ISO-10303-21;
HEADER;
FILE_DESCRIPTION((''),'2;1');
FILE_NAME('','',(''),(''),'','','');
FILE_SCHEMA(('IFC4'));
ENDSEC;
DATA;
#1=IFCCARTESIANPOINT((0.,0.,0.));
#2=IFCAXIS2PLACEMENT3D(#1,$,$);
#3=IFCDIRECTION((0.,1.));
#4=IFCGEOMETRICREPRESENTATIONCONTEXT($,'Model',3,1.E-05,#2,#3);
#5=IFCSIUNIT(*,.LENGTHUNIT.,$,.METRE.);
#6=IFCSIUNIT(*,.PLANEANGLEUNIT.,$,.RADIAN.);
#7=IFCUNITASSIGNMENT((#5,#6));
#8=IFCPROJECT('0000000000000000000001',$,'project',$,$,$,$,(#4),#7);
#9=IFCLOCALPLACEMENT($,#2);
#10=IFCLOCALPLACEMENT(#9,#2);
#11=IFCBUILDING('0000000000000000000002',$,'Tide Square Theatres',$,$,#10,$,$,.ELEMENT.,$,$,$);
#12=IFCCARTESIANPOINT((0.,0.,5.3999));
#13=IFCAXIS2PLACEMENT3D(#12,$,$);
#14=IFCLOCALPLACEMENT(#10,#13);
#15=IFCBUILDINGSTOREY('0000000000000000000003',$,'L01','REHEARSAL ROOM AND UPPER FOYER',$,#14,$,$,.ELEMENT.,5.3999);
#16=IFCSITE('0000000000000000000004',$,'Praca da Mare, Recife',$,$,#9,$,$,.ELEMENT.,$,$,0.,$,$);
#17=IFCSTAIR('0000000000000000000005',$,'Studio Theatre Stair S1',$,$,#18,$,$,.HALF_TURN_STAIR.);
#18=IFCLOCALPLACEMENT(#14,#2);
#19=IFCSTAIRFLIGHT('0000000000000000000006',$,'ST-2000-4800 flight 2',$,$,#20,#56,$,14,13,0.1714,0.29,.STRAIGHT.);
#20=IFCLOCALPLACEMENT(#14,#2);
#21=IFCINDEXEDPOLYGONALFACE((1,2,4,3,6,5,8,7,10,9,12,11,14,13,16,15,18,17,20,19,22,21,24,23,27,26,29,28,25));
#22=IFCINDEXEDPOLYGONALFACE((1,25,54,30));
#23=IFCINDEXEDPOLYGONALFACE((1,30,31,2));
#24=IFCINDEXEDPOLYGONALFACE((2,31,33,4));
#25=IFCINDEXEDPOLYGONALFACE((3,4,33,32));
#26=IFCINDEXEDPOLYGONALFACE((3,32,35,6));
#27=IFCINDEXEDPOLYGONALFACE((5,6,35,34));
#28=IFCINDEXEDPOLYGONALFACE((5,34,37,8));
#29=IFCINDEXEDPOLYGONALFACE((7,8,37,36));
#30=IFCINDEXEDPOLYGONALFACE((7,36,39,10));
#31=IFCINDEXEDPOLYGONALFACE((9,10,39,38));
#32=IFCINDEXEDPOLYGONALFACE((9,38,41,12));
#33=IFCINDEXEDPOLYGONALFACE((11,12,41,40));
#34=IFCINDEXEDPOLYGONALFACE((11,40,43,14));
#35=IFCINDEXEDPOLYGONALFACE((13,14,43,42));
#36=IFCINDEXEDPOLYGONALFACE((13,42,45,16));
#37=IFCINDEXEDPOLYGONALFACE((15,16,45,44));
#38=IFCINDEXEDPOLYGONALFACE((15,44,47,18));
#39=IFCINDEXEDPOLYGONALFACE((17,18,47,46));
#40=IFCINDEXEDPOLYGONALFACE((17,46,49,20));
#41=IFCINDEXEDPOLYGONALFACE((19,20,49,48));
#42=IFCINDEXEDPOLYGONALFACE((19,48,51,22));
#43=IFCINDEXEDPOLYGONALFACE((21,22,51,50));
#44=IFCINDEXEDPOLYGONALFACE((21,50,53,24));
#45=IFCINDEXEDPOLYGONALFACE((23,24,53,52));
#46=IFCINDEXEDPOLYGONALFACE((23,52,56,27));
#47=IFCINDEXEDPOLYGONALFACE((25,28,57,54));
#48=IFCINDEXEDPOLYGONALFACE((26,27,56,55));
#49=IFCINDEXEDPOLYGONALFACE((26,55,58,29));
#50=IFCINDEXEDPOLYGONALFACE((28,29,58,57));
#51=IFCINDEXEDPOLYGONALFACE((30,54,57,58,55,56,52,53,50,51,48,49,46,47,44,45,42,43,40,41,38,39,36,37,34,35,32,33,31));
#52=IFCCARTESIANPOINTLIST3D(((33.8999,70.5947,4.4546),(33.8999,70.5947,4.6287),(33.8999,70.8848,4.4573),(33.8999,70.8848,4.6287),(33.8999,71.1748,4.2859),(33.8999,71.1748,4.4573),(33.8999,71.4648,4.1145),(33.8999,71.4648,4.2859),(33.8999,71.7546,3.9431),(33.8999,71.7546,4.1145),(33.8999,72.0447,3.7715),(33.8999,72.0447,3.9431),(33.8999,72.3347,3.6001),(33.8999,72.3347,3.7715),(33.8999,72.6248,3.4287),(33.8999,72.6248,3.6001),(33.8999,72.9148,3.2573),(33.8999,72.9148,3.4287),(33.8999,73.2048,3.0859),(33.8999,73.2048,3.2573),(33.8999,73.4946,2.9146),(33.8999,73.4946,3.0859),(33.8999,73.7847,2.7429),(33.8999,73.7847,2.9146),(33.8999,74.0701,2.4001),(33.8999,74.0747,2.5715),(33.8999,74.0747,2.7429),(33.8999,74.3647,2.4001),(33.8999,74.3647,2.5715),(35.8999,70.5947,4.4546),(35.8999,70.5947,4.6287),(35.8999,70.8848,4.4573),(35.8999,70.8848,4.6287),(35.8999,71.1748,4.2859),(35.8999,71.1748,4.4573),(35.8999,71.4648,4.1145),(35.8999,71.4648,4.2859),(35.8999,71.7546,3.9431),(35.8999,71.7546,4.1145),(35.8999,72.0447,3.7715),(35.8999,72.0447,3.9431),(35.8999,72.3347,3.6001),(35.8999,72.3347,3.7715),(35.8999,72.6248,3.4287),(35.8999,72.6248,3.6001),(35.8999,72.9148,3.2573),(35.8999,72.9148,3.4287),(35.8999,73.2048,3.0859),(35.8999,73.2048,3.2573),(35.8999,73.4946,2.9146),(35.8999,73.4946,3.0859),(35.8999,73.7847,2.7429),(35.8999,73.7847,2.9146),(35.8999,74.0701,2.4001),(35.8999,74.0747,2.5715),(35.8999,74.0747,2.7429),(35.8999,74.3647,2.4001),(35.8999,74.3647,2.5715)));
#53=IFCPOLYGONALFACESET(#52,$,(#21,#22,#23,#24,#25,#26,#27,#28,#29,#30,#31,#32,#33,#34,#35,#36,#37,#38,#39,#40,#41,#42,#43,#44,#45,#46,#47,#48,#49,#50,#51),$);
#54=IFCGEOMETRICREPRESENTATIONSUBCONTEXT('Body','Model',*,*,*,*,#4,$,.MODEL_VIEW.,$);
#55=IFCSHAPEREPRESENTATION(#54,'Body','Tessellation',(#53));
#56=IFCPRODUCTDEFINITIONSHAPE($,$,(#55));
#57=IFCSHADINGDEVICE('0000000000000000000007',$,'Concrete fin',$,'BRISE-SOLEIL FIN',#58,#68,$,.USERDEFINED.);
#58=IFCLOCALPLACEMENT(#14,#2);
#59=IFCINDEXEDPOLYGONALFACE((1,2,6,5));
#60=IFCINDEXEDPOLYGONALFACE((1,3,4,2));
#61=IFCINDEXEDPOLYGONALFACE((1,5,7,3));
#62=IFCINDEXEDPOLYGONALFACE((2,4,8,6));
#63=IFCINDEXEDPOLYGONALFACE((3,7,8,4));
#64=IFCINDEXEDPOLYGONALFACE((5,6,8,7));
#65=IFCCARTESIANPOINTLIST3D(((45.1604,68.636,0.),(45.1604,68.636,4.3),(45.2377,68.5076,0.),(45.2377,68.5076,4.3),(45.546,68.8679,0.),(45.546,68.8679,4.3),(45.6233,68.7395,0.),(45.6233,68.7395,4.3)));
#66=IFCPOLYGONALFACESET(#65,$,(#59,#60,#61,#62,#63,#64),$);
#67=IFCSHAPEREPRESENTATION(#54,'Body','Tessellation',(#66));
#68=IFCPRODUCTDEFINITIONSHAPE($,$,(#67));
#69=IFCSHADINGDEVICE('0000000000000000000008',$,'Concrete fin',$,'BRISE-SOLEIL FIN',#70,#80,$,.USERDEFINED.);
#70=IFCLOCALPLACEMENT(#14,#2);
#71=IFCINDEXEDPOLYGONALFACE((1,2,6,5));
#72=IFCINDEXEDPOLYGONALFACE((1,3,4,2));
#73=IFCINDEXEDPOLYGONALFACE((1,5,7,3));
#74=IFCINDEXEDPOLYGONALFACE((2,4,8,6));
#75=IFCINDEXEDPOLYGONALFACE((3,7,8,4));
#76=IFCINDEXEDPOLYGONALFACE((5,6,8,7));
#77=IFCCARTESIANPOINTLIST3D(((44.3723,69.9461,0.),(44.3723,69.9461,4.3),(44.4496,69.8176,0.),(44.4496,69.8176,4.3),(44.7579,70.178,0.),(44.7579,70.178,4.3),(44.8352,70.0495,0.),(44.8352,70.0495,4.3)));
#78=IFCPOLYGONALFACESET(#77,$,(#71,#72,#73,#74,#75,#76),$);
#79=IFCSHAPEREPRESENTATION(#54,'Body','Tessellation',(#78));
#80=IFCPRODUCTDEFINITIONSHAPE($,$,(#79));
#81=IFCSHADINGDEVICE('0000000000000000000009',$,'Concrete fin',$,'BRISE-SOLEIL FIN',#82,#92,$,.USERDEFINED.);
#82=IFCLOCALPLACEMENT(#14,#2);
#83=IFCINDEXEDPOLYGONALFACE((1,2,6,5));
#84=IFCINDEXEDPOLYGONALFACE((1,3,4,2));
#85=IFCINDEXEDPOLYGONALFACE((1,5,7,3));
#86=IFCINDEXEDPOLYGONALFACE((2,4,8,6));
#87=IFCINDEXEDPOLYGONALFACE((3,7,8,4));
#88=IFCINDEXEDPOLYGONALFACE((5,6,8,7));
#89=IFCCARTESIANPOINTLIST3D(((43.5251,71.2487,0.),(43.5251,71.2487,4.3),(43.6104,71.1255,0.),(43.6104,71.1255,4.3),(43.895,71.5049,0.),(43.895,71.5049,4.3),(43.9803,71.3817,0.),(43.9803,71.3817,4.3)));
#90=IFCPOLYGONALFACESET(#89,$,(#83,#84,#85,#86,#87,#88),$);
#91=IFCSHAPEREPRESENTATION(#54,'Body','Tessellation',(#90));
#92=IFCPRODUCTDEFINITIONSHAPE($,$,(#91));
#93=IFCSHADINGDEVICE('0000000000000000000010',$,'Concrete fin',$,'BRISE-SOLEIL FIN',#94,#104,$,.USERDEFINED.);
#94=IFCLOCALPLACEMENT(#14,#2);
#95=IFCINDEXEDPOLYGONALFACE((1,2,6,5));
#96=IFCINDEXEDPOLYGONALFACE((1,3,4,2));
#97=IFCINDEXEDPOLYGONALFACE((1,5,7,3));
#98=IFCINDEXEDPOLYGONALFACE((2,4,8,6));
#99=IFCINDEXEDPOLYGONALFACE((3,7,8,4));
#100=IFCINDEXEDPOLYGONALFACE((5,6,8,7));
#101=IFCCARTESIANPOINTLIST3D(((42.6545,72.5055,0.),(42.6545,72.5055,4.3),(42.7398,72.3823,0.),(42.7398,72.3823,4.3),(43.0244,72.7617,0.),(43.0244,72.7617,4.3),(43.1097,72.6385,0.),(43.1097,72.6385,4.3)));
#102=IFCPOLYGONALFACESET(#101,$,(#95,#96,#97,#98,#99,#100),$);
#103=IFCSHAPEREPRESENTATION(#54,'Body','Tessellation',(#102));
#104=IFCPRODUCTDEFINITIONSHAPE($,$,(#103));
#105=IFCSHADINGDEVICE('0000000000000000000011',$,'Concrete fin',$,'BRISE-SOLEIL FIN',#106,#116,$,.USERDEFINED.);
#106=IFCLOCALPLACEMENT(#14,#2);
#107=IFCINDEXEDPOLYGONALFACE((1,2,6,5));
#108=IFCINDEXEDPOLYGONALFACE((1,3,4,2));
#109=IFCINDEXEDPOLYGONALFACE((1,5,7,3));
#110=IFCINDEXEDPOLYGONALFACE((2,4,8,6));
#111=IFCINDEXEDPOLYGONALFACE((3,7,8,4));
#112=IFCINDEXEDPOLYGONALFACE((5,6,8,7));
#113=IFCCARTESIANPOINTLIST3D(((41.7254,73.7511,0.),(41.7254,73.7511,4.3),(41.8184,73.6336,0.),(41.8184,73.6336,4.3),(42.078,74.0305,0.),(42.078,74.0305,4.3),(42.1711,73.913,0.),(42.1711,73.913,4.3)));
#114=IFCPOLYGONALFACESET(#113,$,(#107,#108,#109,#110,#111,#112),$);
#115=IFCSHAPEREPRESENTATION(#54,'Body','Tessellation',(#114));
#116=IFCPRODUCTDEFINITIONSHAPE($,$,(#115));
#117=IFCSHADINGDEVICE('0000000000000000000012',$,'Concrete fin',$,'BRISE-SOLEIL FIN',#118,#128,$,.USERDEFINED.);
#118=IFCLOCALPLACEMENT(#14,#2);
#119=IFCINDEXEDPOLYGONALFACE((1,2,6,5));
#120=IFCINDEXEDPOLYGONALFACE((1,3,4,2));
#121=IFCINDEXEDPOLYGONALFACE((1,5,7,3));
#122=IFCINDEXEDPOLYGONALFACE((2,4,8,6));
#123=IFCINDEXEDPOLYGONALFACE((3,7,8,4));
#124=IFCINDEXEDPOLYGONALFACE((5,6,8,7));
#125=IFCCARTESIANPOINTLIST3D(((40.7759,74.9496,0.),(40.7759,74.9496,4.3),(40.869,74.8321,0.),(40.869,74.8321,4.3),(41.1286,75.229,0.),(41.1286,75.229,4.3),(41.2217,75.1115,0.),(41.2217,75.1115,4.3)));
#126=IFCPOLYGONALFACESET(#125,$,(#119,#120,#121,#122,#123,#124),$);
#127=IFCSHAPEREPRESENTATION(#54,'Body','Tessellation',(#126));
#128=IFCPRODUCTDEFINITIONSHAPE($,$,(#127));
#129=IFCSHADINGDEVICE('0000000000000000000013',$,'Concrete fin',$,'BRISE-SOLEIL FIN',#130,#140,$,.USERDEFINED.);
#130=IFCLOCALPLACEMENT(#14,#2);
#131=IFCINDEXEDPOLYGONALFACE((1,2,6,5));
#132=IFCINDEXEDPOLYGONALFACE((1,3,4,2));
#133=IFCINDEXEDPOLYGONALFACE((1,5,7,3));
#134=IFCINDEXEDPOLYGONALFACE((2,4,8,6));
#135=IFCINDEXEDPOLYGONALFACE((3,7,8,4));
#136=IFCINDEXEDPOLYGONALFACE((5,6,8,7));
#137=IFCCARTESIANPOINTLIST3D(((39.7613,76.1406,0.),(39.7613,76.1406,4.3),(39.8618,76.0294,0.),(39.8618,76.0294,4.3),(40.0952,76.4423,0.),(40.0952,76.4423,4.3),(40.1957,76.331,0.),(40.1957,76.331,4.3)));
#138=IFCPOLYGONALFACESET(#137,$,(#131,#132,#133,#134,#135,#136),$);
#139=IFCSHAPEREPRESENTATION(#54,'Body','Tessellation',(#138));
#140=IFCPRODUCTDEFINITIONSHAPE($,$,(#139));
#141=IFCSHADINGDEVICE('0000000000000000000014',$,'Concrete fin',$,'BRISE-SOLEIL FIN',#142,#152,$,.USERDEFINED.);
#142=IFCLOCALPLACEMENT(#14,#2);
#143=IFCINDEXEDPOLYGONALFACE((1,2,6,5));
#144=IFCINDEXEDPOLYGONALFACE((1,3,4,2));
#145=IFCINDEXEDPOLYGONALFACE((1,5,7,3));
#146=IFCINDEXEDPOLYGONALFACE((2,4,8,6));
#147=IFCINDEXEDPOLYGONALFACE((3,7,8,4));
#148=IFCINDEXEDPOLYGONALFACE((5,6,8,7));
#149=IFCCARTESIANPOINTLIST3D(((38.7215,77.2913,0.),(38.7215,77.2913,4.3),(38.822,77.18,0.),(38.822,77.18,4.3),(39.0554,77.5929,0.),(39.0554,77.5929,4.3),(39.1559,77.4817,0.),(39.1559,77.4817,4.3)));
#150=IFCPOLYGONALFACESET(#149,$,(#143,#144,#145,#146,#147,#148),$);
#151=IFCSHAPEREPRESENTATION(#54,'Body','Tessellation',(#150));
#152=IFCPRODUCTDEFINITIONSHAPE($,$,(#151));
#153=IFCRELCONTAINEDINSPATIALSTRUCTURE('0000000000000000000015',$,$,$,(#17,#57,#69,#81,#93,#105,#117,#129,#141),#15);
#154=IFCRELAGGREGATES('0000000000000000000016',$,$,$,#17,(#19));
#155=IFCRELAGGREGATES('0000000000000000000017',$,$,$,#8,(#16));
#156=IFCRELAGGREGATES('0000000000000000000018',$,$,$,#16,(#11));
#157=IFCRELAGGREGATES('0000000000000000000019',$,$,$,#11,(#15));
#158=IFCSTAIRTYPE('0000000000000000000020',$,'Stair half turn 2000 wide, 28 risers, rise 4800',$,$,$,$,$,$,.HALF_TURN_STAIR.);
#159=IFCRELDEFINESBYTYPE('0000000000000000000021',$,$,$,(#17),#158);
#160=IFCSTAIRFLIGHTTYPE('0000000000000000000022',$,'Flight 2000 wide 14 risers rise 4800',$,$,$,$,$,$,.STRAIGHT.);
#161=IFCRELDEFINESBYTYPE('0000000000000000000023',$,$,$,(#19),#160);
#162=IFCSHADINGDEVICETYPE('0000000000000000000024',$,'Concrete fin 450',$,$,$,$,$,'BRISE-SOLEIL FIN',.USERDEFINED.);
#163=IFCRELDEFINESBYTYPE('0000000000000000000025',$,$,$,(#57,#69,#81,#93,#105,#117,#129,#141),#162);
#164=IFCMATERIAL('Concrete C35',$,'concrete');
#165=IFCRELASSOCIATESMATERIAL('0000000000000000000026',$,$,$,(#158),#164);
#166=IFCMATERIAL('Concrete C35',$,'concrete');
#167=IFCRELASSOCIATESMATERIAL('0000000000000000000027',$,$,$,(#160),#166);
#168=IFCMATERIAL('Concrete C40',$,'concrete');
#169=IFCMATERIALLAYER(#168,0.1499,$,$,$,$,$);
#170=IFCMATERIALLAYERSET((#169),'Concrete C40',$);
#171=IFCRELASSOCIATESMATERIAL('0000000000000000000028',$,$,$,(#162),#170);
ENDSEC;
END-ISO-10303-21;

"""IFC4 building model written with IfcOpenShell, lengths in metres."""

from ifc_helpers import new_model, si_unit, direction, frame, origin, origin_2d, place, context, subcontext, project, spatial, polyline, rectangle, outline, extrude, material, layer, layer_set, type_object, element, aggregate, save


model = new_model("IFC4")

# Units and contexts
model_context = context("Model", 3, precision=1e-05, world=origin(), true_north=direction((0.0, 1.0)))
body_context = subcontext(model_context, "Body", "Model", "MODEL_VIEW")
ifc_project = project(units=[si_unit("LENGTHUNIT", "METRE"), si_unit("PLANEANGLEUNIT", "RADIAN")], contexts=[model_context])

# Site, building, storey
site_placement = place(None, origin())
site = spatial("IfcSite", under=ifc_project, at=site_placement, Name="Praca da Mare, Recife", CompositionType="ELEMENT", RefElevation=0.0)
building_placement = place(site_placement, origin())
building = spatial("IfcBuilding", under=site, at=building_placement, Name="Tide Square Theatres", CompositionType="ELEMENT")
storey_placement = place(building_placement, frame((0.0, 0.0, 5.3999)))
storey = spatial("IfcBuildingStorey", under=building, at=storey_placement, Name="L01", Description="REHEARSAL ROOM AND UPPER FOYER", CompositionType="ELEMENT", Elevation=5.3999)

# Stair, stair flight
ifc_material_1 = material(Name="Concrete C35", Category="concrete")
stair_type = type_object("IfcStairType", Name="Stair half turn 2000 wide, 28 risers, rise 4800", PredefinedType="HALF_TURN_STAIR", material=ifc_material_1)
stair_placement = place(storey_placement, origin())
stair = element("IfcStair", 1, at=stair_placement, inside=storey, type_object=stair_type, Name="Studio Theatre Stair S1", PredefinedType="HALF_TURN_STAIR")
ifc_material_2 = material(Name="Concrete C35", Category="concrete")
stair_flight_type = type_object("IfcStairFlightType", Name="Flight 2000 wide 14 risers rise 4800", PredefinedType="STRAIGHT", material=ifc_material_2)
stair_flight_1_placement = place(storey_placement, frame((34.8999, 74.3647, 2.4001), z_axis=(0.0, 0.0, 1.0), x_axis=(0.0, -1.0, 0.0)))
stair_flight_1 = element("IfcStairFlight", 2, at=stair_flight_1_placement, type_object=stair_flight_type, Name="ST-2000-4800 flight 2", NumberOfRisers=14, NumberOfTreads=13, PredefinedType="STRAIGHT", RiserHeight=0.1714, TreadLength=0.29, context=body_context, shape_type="SweptSolid", body=[
    extrude(outline(polyline([(0.0, 0.0), (0.0, 0.1714), (0.29, 0.1714), (0.29, 0.3428), (0.5801, 0.3428), (0.5801, 0.5144), (0.8701, 0.5144), (0.8701, 0.6858), (1.1599, 0.6858), (1.1599, 0.8572), (1.45, 0.8572), (1.45, 1.0286), (1.74, 1.0286), (1.74, 1.2), (2.03, 1.2), (2.03, 1.3713), (2.3201, 1.3713), (2.3201, 1.543), (2.6101, 1.543), (2.6101, 1.7144), (2.8999, 1.7144), (2.8999, 1.8857), (3.1899, 1.8857), (3.1899, 2.0571), (3.48, 2.0571), (3.48, 2.2285), (3.77, 2.2285), (3.77, 2.3999), (3.77, 2.0544), (0.2947, 0.0), (0.0, 0.0)])), frame((0.0, 1.0, 0.0), z_axis=(0.0, -1.0, 0.0), x_axis=(1.0, 0.0, 0.0)), (0.0, 0.0, 1.0), 2.0),
])
aggregate(stair, [stair_flight_1])

# Shading devices
ifc_material_3 = material(Name="Concrete C40", Category="concrete")
ifc_layer_1 = layer(ifc_material_3, 0.1499)
ifc_layer_set_1 = layer_set([ifc_layer_1], Name="Concrete C40")
shading_device_type = type_object("IfcShadingDeviceType", Name="Concrete fin 450", ElementType="BRISE-SOLEIL FIN", PredefinedType="USERDEFINED", material=ifc_layer_set_1)
for number, where, z_axis, x_axis, name in (
    (3, (45.3918, 68.6877, 0.0), (0.0, 0.0, 1.0), (-0.515397, 0.856951, 0.0), "Concrete fin"),
    (4, (44.6038, 69.9978, 0.0), (0.0, 0.0, 1.0), (-0.515397, 0.856951, 0.0), "Concrete fin"),
    (5, (43.7527, 71.3152, 0.0), (0.0, 0.0, 1.0), (-0.569366, 0.822084, 0.0), "Concrete fin"),
    (6, (42.8821, 72.572, 0.0), (0.0, 0.0, 1.0), (-0.569366, 0.822084, 0.0), "Concrete fin"),
    (7, (41.9482, 73.832, 0.0), (0.0, 0.0, 1.0), (-0.62097, 0.783834, 0.0), "Concrete fin"),
    (8, (40.9988, 75.0305, 0.0), (0.0, 0.0, 1.0), (-0.62097, 0.783834, 0.0), "Concrete fin"),
    (9, (39.9785, 76.2358, 0.0), (0.0, 0.0, 1.0), (-0.670362, 0.742034, 0.0), "Concrete fin"),
    (10, (38.9387, 77.3865, 0.0), (0.0, 0.0, 1.0), (-0.670362, 0.742034, 0.0), "Concrete fin"),
):
    element("IfcShadingDevice", number, at=place(storey_placement, frame(where, z_axis=z_axis, x_axis=x_axis)), inside=storey, type_object=shading_device_type, Name=name, ObjectType="BRISE-SOLEIL FIN", PredefinedType="USERDEFINED", context=body_context, shape_type="SweptSolid", body=[
        extrude(rectangle(XDim=0.1499, YDim=0.45, at=origin_2d()), origin(), (0.0, 0.0, 1.0), 4.3),
    ])

save(model, "model.ifc")
